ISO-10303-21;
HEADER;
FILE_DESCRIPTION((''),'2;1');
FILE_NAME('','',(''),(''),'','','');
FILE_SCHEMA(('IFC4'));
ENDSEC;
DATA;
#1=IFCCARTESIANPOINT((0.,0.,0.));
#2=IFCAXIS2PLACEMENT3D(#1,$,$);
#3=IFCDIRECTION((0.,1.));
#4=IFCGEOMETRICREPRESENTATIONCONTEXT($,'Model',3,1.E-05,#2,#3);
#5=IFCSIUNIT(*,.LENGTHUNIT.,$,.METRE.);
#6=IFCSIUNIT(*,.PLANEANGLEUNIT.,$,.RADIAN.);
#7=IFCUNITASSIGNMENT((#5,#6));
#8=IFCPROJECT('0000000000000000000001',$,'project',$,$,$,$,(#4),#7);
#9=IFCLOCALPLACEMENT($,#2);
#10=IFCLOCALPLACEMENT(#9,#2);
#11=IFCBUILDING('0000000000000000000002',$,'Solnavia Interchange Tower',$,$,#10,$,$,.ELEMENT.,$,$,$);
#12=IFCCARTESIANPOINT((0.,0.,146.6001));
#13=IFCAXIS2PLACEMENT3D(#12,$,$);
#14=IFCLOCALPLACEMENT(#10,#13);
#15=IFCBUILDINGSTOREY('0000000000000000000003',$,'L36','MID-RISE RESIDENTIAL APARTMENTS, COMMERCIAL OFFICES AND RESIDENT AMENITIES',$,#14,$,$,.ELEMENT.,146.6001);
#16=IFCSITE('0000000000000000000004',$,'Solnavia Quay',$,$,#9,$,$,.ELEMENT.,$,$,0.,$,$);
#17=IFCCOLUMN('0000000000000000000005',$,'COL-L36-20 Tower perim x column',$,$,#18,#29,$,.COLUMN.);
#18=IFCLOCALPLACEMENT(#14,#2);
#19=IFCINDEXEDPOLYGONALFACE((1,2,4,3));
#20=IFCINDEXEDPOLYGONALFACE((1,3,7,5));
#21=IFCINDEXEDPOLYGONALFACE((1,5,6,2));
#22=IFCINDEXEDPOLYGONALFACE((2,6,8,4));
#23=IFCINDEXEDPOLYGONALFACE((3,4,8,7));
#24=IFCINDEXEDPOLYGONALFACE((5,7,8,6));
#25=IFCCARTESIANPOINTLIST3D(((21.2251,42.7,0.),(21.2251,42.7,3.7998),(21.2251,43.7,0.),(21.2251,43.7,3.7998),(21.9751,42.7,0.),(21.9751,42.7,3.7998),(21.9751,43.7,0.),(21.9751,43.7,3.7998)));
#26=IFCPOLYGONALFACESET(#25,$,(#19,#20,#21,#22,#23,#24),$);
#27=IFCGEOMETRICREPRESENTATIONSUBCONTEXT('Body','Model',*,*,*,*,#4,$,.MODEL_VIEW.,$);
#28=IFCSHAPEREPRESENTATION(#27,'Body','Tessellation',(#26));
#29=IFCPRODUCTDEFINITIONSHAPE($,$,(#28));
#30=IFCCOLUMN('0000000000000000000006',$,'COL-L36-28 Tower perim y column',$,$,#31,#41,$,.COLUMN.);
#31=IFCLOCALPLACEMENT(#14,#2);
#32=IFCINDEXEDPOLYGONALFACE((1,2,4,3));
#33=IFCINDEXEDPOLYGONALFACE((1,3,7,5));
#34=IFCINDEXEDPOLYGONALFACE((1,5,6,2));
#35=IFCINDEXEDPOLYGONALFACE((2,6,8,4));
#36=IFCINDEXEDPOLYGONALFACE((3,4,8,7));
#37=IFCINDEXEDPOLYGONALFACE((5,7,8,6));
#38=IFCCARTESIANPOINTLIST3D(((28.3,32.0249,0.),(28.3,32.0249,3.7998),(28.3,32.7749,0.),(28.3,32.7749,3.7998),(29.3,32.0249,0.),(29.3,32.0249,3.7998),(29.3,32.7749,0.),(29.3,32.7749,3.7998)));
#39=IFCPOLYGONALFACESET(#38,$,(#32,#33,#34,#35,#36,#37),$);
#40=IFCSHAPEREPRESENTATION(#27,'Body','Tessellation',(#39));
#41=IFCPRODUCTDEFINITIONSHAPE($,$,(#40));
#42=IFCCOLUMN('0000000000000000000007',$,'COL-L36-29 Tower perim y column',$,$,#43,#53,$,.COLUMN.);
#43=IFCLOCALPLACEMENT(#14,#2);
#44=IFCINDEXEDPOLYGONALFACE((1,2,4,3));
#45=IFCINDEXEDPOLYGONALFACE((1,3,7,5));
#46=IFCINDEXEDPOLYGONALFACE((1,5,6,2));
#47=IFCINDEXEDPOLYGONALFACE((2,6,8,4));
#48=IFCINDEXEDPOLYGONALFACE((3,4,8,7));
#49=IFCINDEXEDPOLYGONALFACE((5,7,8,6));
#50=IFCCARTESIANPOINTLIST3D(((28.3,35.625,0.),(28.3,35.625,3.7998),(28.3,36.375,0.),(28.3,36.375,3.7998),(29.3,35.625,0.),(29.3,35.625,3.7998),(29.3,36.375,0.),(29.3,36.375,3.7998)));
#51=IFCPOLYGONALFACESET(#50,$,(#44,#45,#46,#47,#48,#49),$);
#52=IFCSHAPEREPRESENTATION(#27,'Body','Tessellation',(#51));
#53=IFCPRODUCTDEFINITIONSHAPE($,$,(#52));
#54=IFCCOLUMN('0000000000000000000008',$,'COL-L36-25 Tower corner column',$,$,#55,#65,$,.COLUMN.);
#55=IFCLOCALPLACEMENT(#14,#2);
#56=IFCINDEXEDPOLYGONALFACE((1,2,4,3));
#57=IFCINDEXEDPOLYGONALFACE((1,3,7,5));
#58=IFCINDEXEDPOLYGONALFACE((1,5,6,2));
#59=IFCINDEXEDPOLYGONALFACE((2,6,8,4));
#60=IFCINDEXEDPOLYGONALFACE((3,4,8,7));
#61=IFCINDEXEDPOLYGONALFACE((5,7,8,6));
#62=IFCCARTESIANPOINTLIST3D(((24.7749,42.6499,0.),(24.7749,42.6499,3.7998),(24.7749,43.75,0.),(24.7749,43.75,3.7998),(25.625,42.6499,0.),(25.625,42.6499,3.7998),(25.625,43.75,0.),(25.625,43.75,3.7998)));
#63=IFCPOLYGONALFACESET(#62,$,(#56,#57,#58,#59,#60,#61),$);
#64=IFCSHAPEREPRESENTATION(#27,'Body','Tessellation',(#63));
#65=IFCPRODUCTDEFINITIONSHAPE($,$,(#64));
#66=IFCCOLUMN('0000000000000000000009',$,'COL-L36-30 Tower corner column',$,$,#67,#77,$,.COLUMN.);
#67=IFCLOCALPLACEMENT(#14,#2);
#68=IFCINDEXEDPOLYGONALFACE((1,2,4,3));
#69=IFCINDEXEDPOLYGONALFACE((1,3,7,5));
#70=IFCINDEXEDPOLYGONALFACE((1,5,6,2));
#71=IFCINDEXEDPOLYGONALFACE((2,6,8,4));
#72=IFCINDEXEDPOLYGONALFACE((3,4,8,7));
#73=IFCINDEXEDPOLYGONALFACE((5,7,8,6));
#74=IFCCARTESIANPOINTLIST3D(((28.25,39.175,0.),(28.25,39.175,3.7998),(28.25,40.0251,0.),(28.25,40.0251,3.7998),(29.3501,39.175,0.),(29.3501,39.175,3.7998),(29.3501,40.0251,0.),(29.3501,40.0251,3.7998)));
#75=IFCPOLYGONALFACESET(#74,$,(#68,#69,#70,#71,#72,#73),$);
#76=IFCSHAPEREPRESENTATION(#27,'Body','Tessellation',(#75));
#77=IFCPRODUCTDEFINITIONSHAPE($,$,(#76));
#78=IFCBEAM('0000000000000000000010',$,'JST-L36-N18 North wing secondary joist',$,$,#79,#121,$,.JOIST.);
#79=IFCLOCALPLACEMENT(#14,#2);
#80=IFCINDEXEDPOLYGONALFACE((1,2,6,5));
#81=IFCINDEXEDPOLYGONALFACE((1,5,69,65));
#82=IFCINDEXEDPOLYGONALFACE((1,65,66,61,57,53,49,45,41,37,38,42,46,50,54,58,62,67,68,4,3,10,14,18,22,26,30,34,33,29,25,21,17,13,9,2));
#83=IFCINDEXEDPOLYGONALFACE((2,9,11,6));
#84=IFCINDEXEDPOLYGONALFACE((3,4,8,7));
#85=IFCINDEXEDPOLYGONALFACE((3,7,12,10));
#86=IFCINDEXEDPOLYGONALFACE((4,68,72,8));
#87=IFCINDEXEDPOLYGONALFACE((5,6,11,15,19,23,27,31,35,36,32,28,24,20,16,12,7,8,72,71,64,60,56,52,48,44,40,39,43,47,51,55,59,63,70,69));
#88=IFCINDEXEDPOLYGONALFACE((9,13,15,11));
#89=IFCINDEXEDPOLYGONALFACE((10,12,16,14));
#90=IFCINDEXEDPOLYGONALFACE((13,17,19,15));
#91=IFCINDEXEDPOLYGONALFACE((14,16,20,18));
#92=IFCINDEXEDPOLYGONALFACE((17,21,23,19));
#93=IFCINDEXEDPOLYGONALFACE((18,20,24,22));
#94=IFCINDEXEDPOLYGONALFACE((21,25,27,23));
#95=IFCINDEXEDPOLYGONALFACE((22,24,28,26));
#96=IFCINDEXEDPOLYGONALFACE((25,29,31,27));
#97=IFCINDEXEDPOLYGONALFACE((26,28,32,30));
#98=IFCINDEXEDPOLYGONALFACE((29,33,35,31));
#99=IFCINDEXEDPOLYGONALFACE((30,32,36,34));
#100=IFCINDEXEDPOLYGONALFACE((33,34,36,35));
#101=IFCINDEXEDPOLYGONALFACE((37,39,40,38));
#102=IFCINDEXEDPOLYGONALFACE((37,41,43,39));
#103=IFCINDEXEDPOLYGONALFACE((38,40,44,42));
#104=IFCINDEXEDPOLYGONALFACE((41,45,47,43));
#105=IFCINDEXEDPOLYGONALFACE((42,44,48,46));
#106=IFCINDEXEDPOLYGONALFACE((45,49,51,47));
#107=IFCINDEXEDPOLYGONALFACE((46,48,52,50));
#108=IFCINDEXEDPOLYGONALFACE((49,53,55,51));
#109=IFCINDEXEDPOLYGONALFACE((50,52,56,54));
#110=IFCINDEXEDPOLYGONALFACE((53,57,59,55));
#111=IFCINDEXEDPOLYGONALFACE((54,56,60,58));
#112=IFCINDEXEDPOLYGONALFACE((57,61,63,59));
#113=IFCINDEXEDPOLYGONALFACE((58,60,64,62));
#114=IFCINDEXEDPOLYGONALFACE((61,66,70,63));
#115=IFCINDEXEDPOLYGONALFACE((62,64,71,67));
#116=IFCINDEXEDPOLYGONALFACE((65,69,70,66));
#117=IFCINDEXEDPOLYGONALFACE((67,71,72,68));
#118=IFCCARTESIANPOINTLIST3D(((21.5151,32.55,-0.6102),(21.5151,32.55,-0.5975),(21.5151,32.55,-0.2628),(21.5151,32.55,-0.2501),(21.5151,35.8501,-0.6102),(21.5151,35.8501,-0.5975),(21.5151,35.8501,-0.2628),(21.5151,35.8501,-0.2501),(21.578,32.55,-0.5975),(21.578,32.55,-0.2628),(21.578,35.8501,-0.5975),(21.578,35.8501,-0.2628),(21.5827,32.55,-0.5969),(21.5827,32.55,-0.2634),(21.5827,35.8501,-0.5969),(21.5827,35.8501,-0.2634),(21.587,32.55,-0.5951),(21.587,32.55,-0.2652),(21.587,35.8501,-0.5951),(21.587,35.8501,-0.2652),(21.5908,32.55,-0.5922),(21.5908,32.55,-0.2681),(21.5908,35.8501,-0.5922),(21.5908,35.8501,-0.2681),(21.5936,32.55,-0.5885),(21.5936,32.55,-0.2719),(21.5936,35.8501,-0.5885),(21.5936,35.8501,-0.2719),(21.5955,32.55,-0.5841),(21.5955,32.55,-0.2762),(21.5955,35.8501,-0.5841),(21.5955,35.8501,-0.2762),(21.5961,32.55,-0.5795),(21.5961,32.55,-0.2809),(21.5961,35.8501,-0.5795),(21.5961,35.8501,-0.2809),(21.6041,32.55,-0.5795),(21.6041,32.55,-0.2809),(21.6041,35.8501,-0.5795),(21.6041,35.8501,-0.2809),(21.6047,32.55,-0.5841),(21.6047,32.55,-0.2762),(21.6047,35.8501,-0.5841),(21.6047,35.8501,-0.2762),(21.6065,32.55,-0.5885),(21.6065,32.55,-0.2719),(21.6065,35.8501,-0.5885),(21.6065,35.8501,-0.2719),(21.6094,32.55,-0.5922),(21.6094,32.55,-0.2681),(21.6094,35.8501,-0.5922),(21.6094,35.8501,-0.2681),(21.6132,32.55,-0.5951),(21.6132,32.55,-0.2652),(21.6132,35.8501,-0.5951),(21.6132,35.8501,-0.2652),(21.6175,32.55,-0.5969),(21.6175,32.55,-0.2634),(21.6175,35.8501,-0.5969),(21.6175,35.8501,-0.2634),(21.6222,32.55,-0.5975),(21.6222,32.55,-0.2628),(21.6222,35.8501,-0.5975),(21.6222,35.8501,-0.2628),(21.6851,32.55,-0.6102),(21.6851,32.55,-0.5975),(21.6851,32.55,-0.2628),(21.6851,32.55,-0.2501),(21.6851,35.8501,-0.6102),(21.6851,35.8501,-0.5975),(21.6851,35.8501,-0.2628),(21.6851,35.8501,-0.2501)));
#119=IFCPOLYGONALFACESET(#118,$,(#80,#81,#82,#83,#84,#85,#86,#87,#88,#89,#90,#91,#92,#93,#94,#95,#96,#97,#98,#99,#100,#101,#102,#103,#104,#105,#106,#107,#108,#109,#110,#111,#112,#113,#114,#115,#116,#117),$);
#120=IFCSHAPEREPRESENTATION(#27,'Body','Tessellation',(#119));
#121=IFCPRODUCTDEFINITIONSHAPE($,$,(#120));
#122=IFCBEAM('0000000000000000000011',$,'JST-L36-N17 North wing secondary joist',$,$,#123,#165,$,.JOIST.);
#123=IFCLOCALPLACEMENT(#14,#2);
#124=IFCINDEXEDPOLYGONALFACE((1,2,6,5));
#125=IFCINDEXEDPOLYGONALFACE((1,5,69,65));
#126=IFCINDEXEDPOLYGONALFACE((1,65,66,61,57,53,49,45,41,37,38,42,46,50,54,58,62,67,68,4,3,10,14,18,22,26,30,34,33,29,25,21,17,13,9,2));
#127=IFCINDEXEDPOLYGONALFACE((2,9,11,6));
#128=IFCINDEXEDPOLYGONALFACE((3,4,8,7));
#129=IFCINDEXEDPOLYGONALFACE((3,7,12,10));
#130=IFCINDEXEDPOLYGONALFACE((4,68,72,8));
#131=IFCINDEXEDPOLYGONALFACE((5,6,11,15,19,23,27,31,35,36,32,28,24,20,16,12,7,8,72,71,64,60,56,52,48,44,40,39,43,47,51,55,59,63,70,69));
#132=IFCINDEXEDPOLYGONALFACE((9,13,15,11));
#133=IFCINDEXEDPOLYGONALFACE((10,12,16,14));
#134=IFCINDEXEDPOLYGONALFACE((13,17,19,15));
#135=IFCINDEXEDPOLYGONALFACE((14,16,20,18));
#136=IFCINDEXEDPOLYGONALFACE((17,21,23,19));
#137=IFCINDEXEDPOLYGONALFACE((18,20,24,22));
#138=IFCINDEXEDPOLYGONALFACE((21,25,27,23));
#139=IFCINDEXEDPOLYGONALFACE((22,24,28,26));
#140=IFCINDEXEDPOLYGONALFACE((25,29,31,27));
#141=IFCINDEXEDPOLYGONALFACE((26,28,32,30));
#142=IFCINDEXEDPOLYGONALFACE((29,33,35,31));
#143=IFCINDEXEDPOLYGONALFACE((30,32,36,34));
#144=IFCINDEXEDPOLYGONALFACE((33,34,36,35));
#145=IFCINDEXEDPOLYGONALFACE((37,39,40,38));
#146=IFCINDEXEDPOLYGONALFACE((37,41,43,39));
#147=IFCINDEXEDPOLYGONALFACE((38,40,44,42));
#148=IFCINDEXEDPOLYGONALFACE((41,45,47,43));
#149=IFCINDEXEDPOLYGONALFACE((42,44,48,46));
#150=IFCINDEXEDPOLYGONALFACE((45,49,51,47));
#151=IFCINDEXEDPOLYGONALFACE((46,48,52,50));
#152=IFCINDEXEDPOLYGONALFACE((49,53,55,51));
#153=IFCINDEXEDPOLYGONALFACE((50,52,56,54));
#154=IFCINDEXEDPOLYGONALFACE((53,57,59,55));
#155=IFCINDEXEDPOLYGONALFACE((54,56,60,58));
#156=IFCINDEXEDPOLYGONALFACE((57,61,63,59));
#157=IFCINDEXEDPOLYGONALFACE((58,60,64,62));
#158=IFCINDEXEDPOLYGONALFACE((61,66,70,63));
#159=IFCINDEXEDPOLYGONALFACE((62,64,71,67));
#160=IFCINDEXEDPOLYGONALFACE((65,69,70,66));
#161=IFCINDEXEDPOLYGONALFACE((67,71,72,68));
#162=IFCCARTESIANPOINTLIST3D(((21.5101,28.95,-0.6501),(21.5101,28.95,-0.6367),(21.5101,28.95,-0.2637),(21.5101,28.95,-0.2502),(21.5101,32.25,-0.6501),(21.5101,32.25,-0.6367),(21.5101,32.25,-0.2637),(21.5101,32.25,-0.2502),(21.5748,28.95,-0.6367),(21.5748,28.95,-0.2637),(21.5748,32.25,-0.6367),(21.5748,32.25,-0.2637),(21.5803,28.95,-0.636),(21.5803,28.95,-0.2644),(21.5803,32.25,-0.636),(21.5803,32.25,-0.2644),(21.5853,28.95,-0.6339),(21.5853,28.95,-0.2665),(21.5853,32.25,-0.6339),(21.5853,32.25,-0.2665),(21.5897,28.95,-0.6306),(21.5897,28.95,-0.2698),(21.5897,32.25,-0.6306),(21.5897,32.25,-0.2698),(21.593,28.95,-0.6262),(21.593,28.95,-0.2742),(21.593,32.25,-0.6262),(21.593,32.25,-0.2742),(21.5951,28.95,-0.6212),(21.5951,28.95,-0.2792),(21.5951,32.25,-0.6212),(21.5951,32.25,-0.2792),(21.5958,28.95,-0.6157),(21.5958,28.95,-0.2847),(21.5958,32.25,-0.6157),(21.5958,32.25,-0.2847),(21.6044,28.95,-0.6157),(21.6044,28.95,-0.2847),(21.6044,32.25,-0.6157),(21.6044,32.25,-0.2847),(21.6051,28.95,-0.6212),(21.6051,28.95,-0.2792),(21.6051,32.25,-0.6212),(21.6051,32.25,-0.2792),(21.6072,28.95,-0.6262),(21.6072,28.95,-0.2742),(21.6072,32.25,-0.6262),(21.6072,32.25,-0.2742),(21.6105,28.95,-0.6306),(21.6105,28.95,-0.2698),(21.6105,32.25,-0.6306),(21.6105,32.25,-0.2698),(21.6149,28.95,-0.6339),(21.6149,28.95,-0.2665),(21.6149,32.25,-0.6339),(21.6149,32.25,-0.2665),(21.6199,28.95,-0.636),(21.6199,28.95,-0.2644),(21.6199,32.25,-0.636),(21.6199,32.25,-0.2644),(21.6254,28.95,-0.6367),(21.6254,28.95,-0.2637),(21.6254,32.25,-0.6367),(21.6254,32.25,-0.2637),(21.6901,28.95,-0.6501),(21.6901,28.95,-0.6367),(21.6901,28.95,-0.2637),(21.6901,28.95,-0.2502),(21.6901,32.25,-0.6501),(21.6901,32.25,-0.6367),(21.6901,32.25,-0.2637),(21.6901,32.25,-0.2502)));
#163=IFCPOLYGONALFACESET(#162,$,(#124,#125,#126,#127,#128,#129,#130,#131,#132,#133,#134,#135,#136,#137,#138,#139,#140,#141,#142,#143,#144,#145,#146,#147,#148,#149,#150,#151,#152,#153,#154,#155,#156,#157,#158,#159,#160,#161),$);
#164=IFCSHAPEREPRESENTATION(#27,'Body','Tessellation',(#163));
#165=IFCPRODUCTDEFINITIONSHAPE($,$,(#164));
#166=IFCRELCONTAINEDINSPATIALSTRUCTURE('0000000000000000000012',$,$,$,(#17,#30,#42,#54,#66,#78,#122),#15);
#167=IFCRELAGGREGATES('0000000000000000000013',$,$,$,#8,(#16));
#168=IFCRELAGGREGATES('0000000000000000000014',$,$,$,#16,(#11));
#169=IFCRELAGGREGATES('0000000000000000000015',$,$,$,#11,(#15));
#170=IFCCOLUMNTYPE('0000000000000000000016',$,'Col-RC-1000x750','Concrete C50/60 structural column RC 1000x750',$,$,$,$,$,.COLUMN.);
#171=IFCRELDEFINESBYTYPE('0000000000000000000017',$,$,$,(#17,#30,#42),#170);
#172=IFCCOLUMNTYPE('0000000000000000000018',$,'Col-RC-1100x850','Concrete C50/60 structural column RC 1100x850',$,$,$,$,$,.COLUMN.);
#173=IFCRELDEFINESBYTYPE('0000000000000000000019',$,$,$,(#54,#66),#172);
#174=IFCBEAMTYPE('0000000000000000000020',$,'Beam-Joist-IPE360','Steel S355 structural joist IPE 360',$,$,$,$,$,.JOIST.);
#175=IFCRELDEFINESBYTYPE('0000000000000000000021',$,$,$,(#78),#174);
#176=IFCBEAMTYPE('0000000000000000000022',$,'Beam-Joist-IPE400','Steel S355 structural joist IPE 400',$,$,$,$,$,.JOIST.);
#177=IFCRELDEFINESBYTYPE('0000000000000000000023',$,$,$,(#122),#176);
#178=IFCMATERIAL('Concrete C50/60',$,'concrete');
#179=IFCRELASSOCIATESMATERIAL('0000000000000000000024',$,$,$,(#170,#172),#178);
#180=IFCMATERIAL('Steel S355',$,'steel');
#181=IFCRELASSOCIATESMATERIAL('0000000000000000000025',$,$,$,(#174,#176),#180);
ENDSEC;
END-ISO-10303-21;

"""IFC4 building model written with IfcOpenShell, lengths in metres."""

from ifc_helpers import new_model, si_unit, direction, frame, origin, origin_2d, place, context, subcontext, project, spatial, rectangle, i_section, extrude, material, material_profile, profile_set, type_object, element, save


model = new_model("IFC4")

# Units and contexts
model_context = context("Model", 3, precision=1e-05, world=origin(), true_north=direction((0.0, 1.0)))
body_context = subcontext(model_context, "Body", "Model", "MODEL_VIEW")
ifc_project = project(units=[si_unit("LENGTHUNIT", "METRE"), si_unit("PLANEANGLEUNIT", "RADIAN")], contexts=[model_context])

# Site, building, storey
site_placement = place(None, origin())
site = spatial("IfcSite", under=ifc_project, at=site_placement, Name="Solnavia Quay", CompositionType="ELEMENT", RefElevation=0.0)
building_placement = place(site_placement, origin())
building = spatial("IfcBuilding", under=site, at=building_placement, Name="Solnavia Interchange Tower", CompositionType="ELEMENT")
storey_placement = place(building_placement, frame((0.0, 0.0, 146.6001)))
storey = spatial("IfcBuildingStorey", under=building, at=storey_placement, Name="L36", Description="MID-RISE RESIDENTIAL APARTMENTS, COMMERCIAL OFFICES AND RESIDENT AMENITIES", CompositionType="ELEMENT", Elevation=146.6001)

# Columns
ifc_material_1 = material(Name="Concrete C50/60", Category="concrete")
ifc_material_profile_1 = material_profile(ifc_material_1, rectangle(XDim=0.75, YDim=1.0, at=origin_2d()), Name="RC 1000x750")
ifc_profile_set_1 = profile_set([ifc_material_profile_1], Name="Concrete C50/60")
column_type_1 = type_object("IfcColumnType", Name="Col-RC-1000x750", Description="Concrete C50/60 structural column RC 1000x750", PredefinedType="COLUMN", material=ifc_profile_set_1)
for number, where, z_axis, x_axis, name in (
    (1, (21.6001, 43.2, 0.0), (0.0, 0.0, 1.0), (1.0, 0.0, 0.0), "COL-L36-20 Tower perim x column"),
    (2, (28.8, 32.3999, 0.0), (0.0, 0.0, 1.0), (0.0, 1.0, 0.0), "COL-L36-28 Tower perim y column"),
    (3, (28.8, 36.0, 0.0), (0.0, 0.0, 1.0), (0.0, 1.0, 0.0), "COL-L36-29 Tower perim y column"),
):
    element("IfcColumn", number, at=place(storey_placement, frame(where, z_axis=z_axis, x_axis=x_axis)), inside=storey, type_object=column_type_1, Name=name, PredefinedType="COLUMN", context=body_context, shape_type="SweptSolid", body=[
        extrude(rectangle(XDim=0.75, YDim=1.0, at=origin_2d()), origin(), (0.0, 0.0, 1.0), 3.7998),
    ])
ifc_material_profile_2 = material_profile(ifc_material_1, rectangle(XDim=0.8501, YDim=1.1001, at=origin_2d()), Name="RC 1100x850")
ifc_profile_set_2 = profile_set([ifc_material_profile_2], Name="Concrete C50/60")
column_type_2 = type_object("IfcColumnType", Name="Col-RC-1100x850", Description="Concrete C50/60 structural column RC 1100x850", PredefinedType="COLUMN", material=ifc_profile_set_2)
for number, where, z_axis, x_axis, name in (
    (4, (25.2, 43.2, 0.0), (0.0, 0.0, 1.0), (1.0, 0.0, 0.0), "COL-L36-25 Tower corner column"),
    (5, (28.8, 39.6001, 0.0), (0.0, 0.0, 1.0), (0.0, 1.0, 0.0), "COL-L36-30 Tower corner column"),
):
    element("IfcColumn", number, at=place(storey_placement, frame(where, z_axis=z_axis, x_axis=x_axis)), inside=storey, type_object=column_type_2, Name=name, PredefinedType="COLUMN", context=body_context, shape_type="SweptSolid", body=[
        extrude(rectangle(XDim=0.8501, YDim=1.1001, at=origin_2d()), origin(), (0.0, 0.0, 1.0), 3.7998),
    ])

# Beams
ifc_material_2 = material(Name="Steel S355", Category="steel")
ifc_material_profile_3 = material_profile(ifc_material_2, i_section(OverallWidth=0.1699, OverallDepth=0.3601, WebThickness=0.0081, FlangeThickness=0.0127, FilletRadius=0.0181, at=origin_2d()), Name="IPE 360")
ifc_profile_set_3 = profile_set([ifc_material_profile_3], Name="Steel S355")
beam_type_1 = type_object("IfcBeamType", Name="Beam-Joist-IPE360", Description="Steel S355 structural joist IPE 360", PredefinedType="JOIST", material=ifc_profile_set_3)
beam_1_placement = place(storey_placement, frame((21.6001, 32.55, -0.4302), z_axis=(0.0, 1.0, 0.0), x_axis=(-1.0, 0.0, 0.0)))
element("IfcBeam", 6, at=beam_1_placement, inside=storey, type_object=beam_type_1, Name="JST-L36-N18 North wing secondary joist", PredefinedType="JOIST", context=body_context, shape_type="SweptSolid", body=[
    extrude(i_section(OverallWidth=0.1699, OverallDepth=0.3601, WebThickness=0.0081, FlangeThickness=0.0127, FilletRadius=0.0181, at=origin_2d()), origin(), (0.0, 0.0, 1.0), 3.3),
])
ifc_material_profile_4 = material_profile(ifc_material_2, i_section(OverallWidth=0.1799, OverallDepth=0.3999, WebThickness=0.0085, FlangeThickness=0.0134, FilletRadius=0.021, at=origin_2d()), Name="IPE 400")
ifc_profile_set_4 = profile_set([ifc_material_profile_4], Name="Steel S355")
beam_type_2 = type_object("IfcBeamType", Name="Beam-Joist-IPE400", Description="Steel S355 structural joist IPE 400", PredefinedType="JOIST", material=ifc_profile_set_4)
for number, where, z_axis, x_axis, name in (
    (7, (21.6001, 28.95, -0.4502), (0.0, 1.0, 0.0), (-1.0, 0.0, 0.0), "JST-L36-N17 North wing secondary joist"),
):
    element("IfcBeam", number, at=place(storey_placement, frame(where, z_axis=z_axis, x_axis=x_axis)), inside=storey, type_object=beam_type_2, Name=name, PredefinedType="JOIST", context=body_context, shape_type="SweptSolid", body=[
        extrude(i_section(OverallWidth=0.1799, OverallDepth=0.3999, WebThickness=0.0085, FlangeThickness=0.0134, FilletRadius=0.021, at=origin_2d()), origin(), (0.0, 0.0, 1.0), 3.3),
    ])

save(model, "model.ifc")
